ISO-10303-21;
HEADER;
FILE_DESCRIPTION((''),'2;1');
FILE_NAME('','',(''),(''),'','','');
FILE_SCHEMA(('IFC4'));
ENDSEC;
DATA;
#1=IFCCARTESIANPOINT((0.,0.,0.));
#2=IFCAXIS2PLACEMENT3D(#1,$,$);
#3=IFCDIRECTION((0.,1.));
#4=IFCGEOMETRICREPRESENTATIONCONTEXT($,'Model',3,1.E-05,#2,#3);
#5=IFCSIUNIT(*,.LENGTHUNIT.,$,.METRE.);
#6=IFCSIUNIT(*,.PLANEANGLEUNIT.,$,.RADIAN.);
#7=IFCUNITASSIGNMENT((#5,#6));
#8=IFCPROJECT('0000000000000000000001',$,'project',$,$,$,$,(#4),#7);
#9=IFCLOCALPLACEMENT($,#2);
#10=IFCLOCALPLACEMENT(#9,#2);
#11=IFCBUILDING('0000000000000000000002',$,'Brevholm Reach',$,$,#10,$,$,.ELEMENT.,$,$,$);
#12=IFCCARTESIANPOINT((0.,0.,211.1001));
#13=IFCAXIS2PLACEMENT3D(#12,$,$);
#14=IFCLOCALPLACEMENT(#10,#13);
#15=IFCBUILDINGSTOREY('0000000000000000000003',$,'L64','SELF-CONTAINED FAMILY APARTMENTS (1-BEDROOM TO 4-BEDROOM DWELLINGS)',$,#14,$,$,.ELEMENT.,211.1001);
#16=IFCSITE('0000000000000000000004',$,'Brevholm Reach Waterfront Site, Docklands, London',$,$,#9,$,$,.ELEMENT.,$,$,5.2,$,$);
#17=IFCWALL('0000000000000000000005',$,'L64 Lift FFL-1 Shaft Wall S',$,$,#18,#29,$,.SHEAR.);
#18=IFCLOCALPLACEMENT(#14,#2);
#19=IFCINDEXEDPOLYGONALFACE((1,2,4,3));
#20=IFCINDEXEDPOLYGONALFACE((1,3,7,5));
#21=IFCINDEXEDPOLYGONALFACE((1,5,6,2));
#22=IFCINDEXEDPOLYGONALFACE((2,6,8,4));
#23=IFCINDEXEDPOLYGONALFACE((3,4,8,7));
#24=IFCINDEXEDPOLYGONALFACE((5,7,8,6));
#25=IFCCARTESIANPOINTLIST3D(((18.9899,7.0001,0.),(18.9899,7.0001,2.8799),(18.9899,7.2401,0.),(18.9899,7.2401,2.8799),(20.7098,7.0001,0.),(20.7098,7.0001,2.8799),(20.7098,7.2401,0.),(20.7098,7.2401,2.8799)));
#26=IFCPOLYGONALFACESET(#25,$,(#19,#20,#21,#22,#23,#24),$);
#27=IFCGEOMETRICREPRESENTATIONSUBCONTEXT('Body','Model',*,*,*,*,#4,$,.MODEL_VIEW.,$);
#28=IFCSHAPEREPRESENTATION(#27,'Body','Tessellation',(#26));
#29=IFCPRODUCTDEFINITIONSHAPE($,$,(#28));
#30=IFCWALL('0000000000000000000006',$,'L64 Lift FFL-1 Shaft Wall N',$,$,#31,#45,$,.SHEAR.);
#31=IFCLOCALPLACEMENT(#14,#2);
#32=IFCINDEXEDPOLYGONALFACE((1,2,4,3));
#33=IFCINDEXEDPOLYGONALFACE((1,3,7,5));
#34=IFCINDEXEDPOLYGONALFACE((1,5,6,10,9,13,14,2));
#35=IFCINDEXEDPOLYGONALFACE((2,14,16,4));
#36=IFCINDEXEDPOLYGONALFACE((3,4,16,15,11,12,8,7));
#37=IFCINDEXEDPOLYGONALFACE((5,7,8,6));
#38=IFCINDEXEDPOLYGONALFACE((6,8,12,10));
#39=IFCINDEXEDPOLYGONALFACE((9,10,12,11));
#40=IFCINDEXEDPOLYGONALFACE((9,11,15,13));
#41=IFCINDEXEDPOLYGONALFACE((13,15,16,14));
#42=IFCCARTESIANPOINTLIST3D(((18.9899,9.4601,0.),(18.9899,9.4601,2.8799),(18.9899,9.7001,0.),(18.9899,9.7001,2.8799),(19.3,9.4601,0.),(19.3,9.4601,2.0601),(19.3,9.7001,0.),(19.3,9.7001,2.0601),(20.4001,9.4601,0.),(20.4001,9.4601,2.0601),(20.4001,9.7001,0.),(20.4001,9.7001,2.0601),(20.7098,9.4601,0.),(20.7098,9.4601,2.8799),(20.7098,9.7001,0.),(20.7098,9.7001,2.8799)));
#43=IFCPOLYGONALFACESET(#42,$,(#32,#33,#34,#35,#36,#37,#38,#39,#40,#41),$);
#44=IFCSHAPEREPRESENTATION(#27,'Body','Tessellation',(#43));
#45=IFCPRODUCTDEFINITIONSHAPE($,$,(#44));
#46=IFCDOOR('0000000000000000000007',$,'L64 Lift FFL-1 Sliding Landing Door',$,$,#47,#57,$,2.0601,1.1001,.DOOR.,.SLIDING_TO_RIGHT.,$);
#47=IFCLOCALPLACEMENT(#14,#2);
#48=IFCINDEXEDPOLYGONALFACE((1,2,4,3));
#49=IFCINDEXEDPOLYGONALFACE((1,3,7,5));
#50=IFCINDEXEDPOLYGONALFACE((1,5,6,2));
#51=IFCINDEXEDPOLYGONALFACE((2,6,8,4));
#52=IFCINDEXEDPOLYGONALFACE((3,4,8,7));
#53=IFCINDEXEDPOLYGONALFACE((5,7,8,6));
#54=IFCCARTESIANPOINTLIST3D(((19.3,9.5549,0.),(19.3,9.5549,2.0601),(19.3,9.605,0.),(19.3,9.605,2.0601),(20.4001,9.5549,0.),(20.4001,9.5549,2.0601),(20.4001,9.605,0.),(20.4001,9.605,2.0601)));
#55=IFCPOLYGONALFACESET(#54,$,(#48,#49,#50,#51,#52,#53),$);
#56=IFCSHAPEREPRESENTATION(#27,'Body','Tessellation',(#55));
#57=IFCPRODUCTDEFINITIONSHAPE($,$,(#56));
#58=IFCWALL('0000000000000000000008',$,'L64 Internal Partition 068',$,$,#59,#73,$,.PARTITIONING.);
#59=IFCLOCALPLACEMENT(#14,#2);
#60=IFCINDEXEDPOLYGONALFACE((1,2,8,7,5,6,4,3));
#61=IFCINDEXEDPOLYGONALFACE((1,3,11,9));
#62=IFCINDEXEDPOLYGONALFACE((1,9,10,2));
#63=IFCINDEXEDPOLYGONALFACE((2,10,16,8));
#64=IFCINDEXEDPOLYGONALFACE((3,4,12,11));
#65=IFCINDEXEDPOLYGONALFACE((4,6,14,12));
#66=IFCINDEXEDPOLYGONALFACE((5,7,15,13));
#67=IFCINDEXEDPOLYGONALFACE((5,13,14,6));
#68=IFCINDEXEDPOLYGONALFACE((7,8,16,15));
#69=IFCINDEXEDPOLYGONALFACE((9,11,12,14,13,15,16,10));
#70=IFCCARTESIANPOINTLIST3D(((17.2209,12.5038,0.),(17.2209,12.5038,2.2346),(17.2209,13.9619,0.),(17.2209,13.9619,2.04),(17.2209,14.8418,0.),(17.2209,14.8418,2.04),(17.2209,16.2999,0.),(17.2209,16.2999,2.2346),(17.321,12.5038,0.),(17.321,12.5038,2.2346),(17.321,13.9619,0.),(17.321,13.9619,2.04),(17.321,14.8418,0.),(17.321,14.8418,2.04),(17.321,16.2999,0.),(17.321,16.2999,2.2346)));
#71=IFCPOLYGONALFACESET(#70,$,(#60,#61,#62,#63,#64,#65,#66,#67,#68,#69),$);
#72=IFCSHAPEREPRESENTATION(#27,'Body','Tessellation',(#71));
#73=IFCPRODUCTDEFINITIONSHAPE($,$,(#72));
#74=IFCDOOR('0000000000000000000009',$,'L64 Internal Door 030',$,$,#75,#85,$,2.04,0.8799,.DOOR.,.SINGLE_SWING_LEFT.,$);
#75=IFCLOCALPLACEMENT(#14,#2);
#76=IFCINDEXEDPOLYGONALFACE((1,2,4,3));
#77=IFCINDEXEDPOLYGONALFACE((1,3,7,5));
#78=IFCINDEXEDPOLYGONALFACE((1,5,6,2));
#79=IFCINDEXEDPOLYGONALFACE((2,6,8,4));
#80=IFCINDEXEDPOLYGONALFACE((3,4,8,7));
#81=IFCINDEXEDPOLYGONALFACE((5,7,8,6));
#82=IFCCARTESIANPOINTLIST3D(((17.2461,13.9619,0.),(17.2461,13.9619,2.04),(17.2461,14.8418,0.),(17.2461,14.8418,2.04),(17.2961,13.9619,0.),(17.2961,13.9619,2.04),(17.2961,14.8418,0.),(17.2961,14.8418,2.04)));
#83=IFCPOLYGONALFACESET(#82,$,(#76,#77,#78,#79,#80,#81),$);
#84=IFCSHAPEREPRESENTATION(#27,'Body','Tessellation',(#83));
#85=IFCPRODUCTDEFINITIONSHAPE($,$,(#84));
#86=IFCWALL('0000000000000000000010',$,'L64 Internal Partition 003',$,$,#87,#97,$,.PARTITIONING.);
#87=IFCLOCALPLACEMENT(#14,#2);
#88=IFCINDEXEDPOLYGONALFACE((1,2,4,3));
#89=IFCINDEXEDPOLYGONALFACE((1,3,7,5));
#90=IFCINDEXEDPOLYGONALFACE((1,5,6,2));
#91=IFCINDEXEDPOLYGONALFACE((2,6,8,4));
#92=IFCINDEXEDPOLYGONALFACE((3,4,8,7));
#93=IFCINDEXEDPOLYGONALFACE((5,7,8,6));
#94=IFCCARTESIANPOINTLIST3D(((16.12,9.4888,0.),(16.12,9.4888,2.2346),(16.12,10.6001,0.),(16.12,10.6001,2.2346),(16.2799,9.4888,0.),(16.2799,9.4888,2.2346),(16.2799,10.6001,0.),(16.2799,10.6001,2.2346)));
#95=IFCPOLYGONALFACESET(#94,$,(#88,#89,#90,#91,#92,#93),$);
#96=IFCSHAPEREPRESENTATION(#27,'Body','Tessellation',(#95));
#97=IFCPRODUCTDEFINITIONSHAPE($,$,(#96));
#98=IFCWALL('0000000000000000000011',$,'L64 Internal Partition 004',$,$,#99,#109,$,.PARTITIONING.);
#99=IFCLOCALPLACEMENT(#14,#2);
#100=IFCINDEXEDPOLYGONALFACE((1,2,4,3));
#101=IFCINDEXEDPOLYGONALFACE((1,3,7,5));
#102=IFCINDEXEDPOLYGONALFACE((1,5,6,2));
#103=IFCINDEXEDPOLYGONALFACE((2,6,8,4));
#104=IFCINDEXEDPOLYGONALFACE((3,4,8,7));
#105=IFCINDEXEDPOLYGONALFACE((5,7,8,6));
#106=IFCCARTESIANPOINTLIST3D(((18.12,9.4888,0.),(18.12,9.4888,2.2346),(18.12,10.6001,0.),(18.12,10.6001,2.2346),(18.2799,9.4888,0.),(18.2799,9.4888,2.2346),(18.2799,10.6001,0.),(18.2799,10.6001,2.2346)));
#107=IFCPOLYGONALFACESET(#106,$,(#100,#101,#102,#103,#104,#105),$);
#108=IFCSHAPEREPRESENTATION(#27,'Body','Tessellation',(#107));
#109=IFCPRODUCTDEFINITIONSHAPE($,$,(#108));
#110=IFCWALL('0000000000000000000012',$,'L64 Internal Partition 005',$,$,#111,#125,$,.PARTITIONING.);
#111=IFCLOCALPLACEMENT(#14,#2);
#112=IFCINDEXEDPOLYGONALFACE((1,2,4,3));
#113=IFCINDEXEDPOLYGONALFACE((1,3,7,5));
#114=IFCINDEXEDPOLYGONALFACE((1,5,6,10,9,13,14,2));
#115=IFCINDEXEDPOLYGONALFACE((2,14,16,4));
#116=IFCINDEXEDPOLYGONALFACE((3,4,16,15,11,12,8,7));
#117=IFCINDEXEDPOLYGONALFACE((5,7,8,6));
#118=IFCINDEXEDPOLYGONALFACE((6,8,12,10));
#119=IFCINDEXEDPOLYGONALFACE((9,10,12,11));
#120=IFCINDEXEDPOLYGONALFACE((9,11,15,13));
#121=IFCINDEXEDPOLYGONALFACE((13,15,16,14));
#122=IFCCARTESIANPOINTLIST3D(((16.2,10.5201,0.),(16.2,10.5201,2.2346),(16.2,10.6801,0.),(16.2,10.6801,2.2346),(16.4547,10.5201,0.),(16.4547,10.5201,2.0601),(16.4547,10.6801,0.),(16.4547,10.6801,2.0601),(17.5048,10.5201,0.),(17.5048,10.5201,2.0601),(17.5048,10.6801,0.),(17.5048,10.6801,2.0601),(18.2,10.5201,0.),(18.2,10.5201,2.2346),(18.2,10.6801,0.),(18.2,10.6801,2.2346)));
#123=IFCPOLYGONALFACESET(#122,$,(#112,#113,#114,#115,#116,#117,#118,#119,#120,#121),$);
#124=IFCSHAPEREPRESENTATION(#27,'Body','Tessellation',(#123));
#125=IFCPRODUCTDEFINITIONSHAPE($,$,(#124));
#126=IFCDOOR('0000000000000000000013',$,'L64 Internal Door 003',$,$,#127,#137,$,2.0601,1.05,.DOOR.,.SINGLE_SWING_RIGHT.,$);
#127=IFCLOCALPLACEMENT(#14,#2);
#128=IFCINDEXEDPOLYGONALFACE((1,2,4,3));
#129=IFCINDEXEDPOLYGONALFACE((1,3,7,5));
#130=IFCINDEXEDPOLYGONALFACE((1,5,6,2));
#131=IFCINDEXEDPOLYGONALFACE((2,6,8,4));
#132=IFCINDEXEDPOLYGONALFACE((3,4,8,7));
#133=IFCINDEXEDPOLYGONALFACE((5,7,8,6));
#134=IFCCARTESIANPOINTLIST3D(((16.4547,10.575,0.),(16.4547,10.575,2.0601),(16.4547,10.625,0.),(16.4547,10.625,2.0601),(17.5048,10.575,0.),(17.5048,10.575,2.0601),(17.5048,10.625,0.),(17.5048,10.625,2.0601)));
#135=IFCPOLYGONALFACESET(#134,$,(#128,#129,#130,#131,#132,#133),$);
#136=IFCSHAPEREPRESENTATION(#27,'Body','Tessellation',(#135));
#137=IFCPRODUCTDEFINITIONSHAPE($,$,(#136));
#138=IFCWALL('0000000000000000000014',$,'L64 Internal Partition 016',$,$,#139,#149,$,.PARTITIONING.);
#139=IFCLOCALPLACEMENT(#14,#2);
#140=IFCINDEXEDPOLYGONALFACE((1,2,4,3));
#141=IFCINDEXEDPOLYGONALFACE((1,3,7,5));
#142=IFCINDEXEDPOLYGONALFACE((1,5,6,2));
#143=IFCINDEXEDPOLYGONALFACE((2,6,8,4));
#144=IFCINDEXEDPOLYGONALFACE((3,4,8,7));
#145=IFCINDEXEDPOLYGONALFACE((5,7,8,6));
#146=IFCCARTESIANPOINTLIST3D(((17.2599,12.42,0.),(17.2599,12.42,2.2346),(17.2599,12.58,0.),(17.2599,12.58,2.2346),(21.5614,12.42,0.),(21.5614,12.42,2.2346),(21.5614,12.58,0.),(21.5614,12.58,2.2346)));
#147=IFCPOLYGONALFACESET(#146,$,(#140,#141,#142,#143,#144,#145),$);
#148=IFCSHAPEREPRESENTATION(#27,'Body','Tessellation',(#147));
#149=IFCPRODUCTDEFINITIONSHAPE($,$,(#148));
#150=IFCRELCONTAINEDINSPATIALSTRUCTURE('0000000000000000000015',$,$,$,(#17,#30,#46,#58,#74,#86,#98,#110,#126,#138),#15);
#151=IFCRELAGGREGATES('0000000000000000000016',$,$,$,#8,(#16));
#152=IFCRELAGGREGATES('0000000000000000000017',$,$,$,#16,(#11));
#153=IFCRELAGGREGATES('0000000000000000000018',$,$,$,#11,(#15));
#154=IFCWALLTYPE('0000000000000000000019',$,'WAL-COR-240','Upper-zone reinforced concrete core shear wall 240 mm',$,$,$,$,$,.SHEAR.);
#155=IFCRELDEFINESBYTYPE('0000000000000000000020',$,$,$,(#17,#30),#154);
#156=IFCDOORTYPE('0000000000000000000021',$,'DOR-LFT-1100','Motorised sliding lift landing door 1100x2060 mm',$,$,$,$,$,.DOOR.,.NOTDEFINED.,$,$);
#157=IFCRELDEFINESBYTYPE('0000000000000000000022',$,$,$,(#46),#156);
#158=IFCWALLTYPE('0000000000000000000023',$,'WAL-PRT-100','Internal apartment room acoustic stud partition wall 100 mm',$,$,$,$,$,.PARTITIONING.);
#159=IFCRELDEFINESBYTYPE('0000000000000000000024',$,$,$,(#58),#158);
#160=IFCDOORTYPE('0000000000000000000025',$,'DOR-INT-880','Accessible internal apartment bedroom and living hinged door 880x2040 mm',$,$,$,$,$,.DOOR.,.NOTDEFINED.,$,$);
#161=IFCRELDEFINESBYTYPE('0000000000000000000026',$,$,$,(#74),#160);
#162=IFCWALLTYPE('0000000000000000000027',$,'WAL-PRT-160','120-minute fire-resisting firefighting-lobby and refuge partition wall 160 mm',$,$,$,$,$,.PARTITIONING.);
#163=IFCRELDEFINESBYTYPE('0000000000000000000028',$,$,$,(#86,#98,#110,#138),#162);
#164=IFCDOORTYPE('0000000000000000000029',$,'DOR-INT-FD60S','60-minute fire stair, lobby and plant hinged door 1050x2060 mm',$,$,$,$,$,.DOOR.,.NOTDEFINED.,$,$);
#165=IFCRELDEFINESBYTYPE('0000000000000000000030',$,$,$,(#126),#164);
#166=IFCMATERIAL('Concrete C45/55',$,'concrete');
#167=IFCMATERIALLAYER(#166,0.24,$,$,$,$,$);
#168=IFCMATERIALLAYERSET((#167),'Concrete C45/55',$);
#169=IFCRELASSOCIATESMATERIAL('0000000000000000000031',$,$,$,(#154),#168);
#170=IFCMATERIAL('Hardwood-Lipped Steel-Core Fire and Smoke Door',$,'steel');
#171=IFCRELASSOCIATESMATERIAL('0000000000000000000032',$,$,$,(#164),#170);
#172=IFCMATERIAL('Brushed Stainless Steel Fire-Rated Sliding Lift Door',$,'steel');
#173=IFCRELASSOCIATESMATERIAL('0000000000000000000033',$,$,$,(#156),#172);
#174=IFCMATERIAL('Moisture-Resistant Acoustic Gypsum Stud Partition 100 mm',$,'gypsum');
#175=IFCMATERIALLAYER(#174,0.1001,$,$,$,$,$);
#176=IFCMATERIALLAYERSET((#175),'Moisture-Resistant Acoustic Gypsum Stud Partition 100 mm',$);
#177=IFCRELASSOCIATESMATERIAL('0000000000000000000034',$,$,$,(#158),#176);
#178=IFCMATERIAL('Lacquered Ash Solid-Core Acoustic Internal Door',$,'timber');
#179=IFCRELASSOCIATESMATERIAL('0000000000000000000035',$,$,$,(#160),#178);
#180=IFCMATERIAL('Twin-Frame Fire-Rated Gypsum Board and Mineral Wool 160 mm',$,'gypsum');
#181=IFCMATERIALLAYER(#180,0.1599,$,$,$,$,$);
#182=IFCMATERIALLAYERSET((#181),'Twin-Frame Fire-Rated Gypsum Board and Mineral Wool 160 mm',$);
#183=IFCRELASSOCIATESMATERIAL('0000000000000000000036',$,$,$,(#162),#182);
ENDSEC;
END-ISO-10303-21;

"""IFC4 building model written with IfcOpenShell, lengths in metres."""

from ifc_helpers import new_model, si_unit, direction, frame, frame_2d, origin, place, context, subcontext, project, spatial, rectangle, extrude, material, layer, layer_set, type_object, element, fill, save


model = new_model("IFC4")

# Units and contexts
model_context = context("Model", 3, precision=1e-05, world=origin(), true_north=direction((0.0, 1.0)))
body_context = subcontext(model_context, "Body", "Model", "MODEL_VIEW")
ifc_project = project(units=[si_unit("LENGTHUNIT", "METRE"), si_unit("PLANEANGLEUNIT", "RADIAN")], contexts=[model_context])

# Site, building, storey
site_placement = place(None, origin())
site = spatial("IfcSite", under=ifc_project, at=site_placement, Name="Brevholm Reach Waterfront Site, Docklands, London", CompositionType="ELEMENT", RefElevation=5.2)
building_placement = place(site_placement, origin())
building = spatial("IfcBuilding", under=site, at=building_placement, Name="Brevholm Reach", CompositionType="ELEMENT")
storey_placement = place(building_placement, frame((0.0, 0.0, 211.1001)))
storey = spatial("IfcBuildingStorey", under=building, at=storey_placement, Name="L64", Description="SELF-CONTAINED FAMILY APARTMENTS (1-BEDROOM TO 4-BEDROOM DWELLINGS)", CompositionType="ELEMENT", Elevation=211.1001)

# Shared definitions
ifc_material_1 = material(Name="Concrete C45/55", Category="concrete")
ifc_layer_1 = layer(ifc_material_1, 0.24)
ifc_layer_set_1 = layer_set([ifc_layer_1], Name="Concrete C45/55")
wall_type_1 = type_object("IfcWallType", Name="WAL-COR-240", Description="Upper-zone reinforced concrete core shear wall 240 mm", PredefinedType="SHEAR", material=ifc_layer_set_1)
ifc_material_2 = material(Name="Hardwood-Lipped Steel-Core Fire and Smoke Door", Category="steel")
door_type_1 = type_object("IfcDoorType", Name="DOR-INT-FD60S", Description="60-minute fire stair, lobby and plant hinged door 1050x2060 mm", OperationType="NOTDEFINED", PredefinedType="DOOR", material=ifc_material_2)

# Wall
wall_1_placement = place(storey_placement, frame((18.99, 7.1201, 0.0), z_axis=(0.0, 0.0, 1.0), x_axis=(1.0, 0.0, 0.0)))
element("IfcWall", 1, at=wall_1_placement, inside=storey, type_object=wall_type_1, Name="L64 Lift FFL-1 Shaft Wall S", PredefinedType="SHEAR", context=body_context, shape_type="SweptSolid", body=[
    extrude(rectangle(XDim=1.72, YDim=0.24, at=frame_2d((0.8599, 0.0))), origin(), (0.0, 0.0, 1.0), 2.8799),
])

# Walls, openings, doors
wall_2_placement = place(storey_placement, frame((18.99, 9.5801, 0.0), z_axis=(0.0, 0.0, 1.0), x_axis=(1.0, 0.0, 0.0)))
wall_2 = element("IfcWall", 2, at=wall_2_placement, inside=storey, type_object=wall_type_1, Name="L64 Lift FFL-1 Shaft Wall N", PredefinedType="SHEAR", context=body_context, shape_type="SweptSolid", body=[
    extrude(rectangle(XDim=1.72, YDim=0.24, at=frame_2d((0.8599, 0.0))), origin(), (0.0, 0.0, 1.0), 2.8799),
])
opening_1_placement = place(wall_2_placement, frame((0.3101, 0.0, 0.0)))
opening_1 = element("IfcOpeningElement", 3, at=opening_1_placement, cuts=wall_2, PredefinedType="OPENING", context=body_context, shape_type="SweptSolid", body=[
    extrude(rectangle(XDim=1.1001, YDim=2.0601, at=frame_2d((0.55, 1.03))), frame((0.0, 0.1299, 0.0), z_axis=(0.0, -1.0, 0.0), x_axis=(1.0, 0.0, 0.0)), (0.0, 0.0, 1.0), 0.26),
])
ifc_material_3 = material(Name="Brushed Stainless Steel Fire-Rated Sliding Lift Door", Category="steel")
door_type_2 = type_object("IfcDoorType", Name="DOR-LFT-1100", Description="Motorised sliding lift landing door 1100x2060 mm", OperationType="NOTDEFINED", PredefinedType="DOOR", material=ifc_material_3)
door_1_placement = place(opening_1_placement, origin())
door_1 = element("IfcDoor", 4, at=door_1_placement, inside=storey, type_object=door_type_2, Name="L64 Lift FFL-1 Sliding Landing Door", OperationType="SLIDING_TO_RIGHT", OverallHeight=2.0601, OverallWidth=1.1001, PredefinedType="DOOR", context=body_context, shape_type="SweptSolid", body=[
    extrude(rectangle(XDim=1.1001, YDim=2.0601, at=frame_2d((0.55, 1.03))), frame((0.0, 0.0249, 0.0), z_axis=(0.0, -1.0, 0.0), x_axis=(1.0, 0.0, 0.0)), (0.0, 0.0, 1.0), 0.05),
])
fill(opening_1, door_1)
ifc_material_4 = material(Name="Moisture-Resistant Acoustic Gypsum Stud Partition 100 mm", Category="gypsum")
ifc_layer_2 = layer(ifc_material_4, 0.1001)
ifc_layer_set_2 = layer_set([ifc_layer_2], Name="Moisture-Resistant Acoustic Gypsum Stud Partition 100 mm")
wall_type_2 = type_object("IfcWallType", Name="WAL-PRT-100", Description="Internal apartment room acoustic stud partition wall 100 mm", PredefinedType="PARTITIONING", material=ifc_layer_set_2)
wall_3_placement = place(storey_placement, frame((17.271, 12.5039, 0.0), z_axis=(0.0, 0.0, 1.0), x_axis=(0.0, 1.0, 0.0)))
wall_3 = element("IfcWall", 5, at=wall_3_placement, inside=storey, type_object=wall_type_2, Name="L64 Internal Partition 068", PredefinedType="PARTITIONING", context=body_context, shape_type="SweptSolid", body=[
    extrude(rectangle(XDim=3.7961, YDim=0.1001, at=frame_2d((1.8979, 0.0))), origin(), (0.0, 0.0, 1.0), 2.2346),
])
opening_2_placement = place(wall_3_placement, frame((1.458, 0.0, 0.0)))
opening_2 = element("IfcOpeningElement", 6, at=opening_2_placement, cuts=wall_3, PredefinedType="OPENING", context=body_context, shape_type="SweptSolid", body=[
    extrude(rectangle(XDim=0.8799, YDim=2.04, at=frame_2d((0.4399, 1.02))), frame((0.0, 0.0601, 0.0), z_axis=(0.0, -1.0, 0.0), x_axis=(1.0, 0.0, 0.0)), (0.0, 0.0, 1.0), 0.1201),
])
ifc_material_5 = material(Name="Lacquered Ash Solid-Core Acoustic Internal Door", Category="timber")
door_type_3 = type_object("IfcDoorType", Name="DOR-INT-880", Description="Accessible internal apartment bedroom and living hinged door 880x2040 mm", OperationType="NOTDEFINED", PredefinedType="DOOR", material=ifc_material_5)
door_2_placement = place(opening_2_placement, origin())
door_2 = element("IfcDoor", 7, at=door_2_placement, inside=storey, type_object=door_type_3, Name="L64 Internal Door 030", OperationType="SINGLE_SWING_LEFT", OverallHeight=2.04, OverallWidth=0.8799, PredefinedType="DOOR", context=body_context, shape_type="SweptSolid", body=[
    extrude(rectangle(XDim=0.8799, YDim=2.04, at=frame_2d((0.4399, 1.02))), frame((0.0, 0.0249, 0.0), z_axis=(0.0, -1.0, 0.0), x_axis=(1.0, 0.0, 0.0)), (0.0, 0.0, 1.0), 0.05),
])
fill(opening_2, door_2)

# Walls
ifc_material_6 = material(Name="Twin-Frame Fire-Rated Gypsum Board and Mineral Wool 160 mm", Category="gypsum")
ifc_layer_3 = layer(ifc_material_6, 0.1599)
ifc_layer_set_3 = layer_set([ifc_layer_3], Name="Twin-Frame Fire-Rated Gypsum Board and Mineral Wool 160 mm")
wall_type_3 = type_object("IfcWallType", Name="WAL-PRT-160", Description="120-minute fire-resisting firefighting-lobby and refuge partition wall 160 mm", PredefinedType="PARTITIONING", material=ifc_layer_set_3)
for number, where, z_axis, x_axis, name in (
    (8, (16.2, 9.4888, 0.0), (0.0, 0.0, 1.0), (0.0, 1.0, 0.0), "L64 Internal Partition 003"),
    (9, (18.2, 9.4888, 0.0), (0.0, 0.0, 1.0), (0.0, 1.0, 0.0), "L64 Internal Partition 004"),
):
    element("IfcWall", number, at=place(storey_placement, frame(where, z_axis=z_axis, x_axis=x_axis)), inside=storey, type_object=wall_type_3, Name=name, PredefinedType="PARTITIONING", context=body_context, shape_type="SweptSolid", body=[
        extrude(rectangle(XDim=1.1113, YDim=0.1599, at=frame_2d((0.5557, 0.0))), origin(), (0.0, 0.0, 1.0), 2.2346),
    ])

# Wall, opening, door
wall_4_placement = place(storey_placement, frame((16.2, 10.6001, 0.0), z_axis=(0.0, 0.0, 1.0), x_axis=(1.0, 0.0, 0.0)))
wall_4 = element("IfcWall", 10, at=wall_4_placement, inside=storey, type_object=wall_type_3, Name="L64 Internal Partition 005", PredefinedType="PARTITIONING", context=body_context, shape_type="SweptSolid", body=[
    extrude(rectangle(XDim=2.0, YDim=0.1599, at=frame_2d((1.0, 0.0))), origin(), (0.0, 0.0, 1.0), 2.2346),
])
opening_3_placement = place(wall_4_placement, frame((0.2549, 0.0, 0.0)))
opening_3 = element("IfcOpeningElement", 11, at=opening_3_placement, cuts=wall_4, PredefinedType="OPENING", context=body_context, shape_type="SweptSolid", body=[
    extrude(rectangle(XDim=1.05, YDim=2.0601, at=frame_2d((0.5249, 1.03))), frame((0.0, 0.0898, 0.0), z_axis=(0.0, -1.0, 0.0), x_axis=(1.0, 0.0, 0.0)), (0.0, 0.0, 1.0), 0.1799),
])
door_3_placement = place(opening_3_placement, origin())
door_3 = element("IfcDoor", 12, at=door_3_placement, inside=storey, type_object=door_type_1, Name="L64 Internal Door 003", OperationType="SINGLE_SWING_RIGHT", OverallHeight=2.0601, OverallWidth=1.05, PredefinedType="DOOR", context=body_context, shape_type="SweptSolid", body=[
    extrude(rectangle(XDim=1.05, YDim=2.0601, at=frame_2d((0.5249, 1.03))), frame((0.0, 0.0249, 0.0), z_axis=(0.0, -1.0, 0.0), x_axis=(1.0, 0.0, 0.0)), (0.0, 0.0, 1.0), 0.05),
])
fill(opening_3, door_3)

# Wall
wall_5_placement = place(storey_placement, frame((17.2598, 12.5, 0.0), z_axis=(0.0, 0.0, 1.0), x_axis=(1.0, 0.0, 0.0)))
element("IfcWall", 13, at=wall_5_placement, inside=storey, type_object=wall_type_3, Name="L64 Internal Partition 016", PredefinedType="PARTITIONING", context=body_context, shape_type="SweptSolid", body=[
    extrude(rectangle(XDim=4.3015, YDim=0.1599, at=frame_2d((2.1509, 0.0))), origin(), (0.0, 0.0, 1.0), 2.2346),
])

save(model, "model.ifc")
